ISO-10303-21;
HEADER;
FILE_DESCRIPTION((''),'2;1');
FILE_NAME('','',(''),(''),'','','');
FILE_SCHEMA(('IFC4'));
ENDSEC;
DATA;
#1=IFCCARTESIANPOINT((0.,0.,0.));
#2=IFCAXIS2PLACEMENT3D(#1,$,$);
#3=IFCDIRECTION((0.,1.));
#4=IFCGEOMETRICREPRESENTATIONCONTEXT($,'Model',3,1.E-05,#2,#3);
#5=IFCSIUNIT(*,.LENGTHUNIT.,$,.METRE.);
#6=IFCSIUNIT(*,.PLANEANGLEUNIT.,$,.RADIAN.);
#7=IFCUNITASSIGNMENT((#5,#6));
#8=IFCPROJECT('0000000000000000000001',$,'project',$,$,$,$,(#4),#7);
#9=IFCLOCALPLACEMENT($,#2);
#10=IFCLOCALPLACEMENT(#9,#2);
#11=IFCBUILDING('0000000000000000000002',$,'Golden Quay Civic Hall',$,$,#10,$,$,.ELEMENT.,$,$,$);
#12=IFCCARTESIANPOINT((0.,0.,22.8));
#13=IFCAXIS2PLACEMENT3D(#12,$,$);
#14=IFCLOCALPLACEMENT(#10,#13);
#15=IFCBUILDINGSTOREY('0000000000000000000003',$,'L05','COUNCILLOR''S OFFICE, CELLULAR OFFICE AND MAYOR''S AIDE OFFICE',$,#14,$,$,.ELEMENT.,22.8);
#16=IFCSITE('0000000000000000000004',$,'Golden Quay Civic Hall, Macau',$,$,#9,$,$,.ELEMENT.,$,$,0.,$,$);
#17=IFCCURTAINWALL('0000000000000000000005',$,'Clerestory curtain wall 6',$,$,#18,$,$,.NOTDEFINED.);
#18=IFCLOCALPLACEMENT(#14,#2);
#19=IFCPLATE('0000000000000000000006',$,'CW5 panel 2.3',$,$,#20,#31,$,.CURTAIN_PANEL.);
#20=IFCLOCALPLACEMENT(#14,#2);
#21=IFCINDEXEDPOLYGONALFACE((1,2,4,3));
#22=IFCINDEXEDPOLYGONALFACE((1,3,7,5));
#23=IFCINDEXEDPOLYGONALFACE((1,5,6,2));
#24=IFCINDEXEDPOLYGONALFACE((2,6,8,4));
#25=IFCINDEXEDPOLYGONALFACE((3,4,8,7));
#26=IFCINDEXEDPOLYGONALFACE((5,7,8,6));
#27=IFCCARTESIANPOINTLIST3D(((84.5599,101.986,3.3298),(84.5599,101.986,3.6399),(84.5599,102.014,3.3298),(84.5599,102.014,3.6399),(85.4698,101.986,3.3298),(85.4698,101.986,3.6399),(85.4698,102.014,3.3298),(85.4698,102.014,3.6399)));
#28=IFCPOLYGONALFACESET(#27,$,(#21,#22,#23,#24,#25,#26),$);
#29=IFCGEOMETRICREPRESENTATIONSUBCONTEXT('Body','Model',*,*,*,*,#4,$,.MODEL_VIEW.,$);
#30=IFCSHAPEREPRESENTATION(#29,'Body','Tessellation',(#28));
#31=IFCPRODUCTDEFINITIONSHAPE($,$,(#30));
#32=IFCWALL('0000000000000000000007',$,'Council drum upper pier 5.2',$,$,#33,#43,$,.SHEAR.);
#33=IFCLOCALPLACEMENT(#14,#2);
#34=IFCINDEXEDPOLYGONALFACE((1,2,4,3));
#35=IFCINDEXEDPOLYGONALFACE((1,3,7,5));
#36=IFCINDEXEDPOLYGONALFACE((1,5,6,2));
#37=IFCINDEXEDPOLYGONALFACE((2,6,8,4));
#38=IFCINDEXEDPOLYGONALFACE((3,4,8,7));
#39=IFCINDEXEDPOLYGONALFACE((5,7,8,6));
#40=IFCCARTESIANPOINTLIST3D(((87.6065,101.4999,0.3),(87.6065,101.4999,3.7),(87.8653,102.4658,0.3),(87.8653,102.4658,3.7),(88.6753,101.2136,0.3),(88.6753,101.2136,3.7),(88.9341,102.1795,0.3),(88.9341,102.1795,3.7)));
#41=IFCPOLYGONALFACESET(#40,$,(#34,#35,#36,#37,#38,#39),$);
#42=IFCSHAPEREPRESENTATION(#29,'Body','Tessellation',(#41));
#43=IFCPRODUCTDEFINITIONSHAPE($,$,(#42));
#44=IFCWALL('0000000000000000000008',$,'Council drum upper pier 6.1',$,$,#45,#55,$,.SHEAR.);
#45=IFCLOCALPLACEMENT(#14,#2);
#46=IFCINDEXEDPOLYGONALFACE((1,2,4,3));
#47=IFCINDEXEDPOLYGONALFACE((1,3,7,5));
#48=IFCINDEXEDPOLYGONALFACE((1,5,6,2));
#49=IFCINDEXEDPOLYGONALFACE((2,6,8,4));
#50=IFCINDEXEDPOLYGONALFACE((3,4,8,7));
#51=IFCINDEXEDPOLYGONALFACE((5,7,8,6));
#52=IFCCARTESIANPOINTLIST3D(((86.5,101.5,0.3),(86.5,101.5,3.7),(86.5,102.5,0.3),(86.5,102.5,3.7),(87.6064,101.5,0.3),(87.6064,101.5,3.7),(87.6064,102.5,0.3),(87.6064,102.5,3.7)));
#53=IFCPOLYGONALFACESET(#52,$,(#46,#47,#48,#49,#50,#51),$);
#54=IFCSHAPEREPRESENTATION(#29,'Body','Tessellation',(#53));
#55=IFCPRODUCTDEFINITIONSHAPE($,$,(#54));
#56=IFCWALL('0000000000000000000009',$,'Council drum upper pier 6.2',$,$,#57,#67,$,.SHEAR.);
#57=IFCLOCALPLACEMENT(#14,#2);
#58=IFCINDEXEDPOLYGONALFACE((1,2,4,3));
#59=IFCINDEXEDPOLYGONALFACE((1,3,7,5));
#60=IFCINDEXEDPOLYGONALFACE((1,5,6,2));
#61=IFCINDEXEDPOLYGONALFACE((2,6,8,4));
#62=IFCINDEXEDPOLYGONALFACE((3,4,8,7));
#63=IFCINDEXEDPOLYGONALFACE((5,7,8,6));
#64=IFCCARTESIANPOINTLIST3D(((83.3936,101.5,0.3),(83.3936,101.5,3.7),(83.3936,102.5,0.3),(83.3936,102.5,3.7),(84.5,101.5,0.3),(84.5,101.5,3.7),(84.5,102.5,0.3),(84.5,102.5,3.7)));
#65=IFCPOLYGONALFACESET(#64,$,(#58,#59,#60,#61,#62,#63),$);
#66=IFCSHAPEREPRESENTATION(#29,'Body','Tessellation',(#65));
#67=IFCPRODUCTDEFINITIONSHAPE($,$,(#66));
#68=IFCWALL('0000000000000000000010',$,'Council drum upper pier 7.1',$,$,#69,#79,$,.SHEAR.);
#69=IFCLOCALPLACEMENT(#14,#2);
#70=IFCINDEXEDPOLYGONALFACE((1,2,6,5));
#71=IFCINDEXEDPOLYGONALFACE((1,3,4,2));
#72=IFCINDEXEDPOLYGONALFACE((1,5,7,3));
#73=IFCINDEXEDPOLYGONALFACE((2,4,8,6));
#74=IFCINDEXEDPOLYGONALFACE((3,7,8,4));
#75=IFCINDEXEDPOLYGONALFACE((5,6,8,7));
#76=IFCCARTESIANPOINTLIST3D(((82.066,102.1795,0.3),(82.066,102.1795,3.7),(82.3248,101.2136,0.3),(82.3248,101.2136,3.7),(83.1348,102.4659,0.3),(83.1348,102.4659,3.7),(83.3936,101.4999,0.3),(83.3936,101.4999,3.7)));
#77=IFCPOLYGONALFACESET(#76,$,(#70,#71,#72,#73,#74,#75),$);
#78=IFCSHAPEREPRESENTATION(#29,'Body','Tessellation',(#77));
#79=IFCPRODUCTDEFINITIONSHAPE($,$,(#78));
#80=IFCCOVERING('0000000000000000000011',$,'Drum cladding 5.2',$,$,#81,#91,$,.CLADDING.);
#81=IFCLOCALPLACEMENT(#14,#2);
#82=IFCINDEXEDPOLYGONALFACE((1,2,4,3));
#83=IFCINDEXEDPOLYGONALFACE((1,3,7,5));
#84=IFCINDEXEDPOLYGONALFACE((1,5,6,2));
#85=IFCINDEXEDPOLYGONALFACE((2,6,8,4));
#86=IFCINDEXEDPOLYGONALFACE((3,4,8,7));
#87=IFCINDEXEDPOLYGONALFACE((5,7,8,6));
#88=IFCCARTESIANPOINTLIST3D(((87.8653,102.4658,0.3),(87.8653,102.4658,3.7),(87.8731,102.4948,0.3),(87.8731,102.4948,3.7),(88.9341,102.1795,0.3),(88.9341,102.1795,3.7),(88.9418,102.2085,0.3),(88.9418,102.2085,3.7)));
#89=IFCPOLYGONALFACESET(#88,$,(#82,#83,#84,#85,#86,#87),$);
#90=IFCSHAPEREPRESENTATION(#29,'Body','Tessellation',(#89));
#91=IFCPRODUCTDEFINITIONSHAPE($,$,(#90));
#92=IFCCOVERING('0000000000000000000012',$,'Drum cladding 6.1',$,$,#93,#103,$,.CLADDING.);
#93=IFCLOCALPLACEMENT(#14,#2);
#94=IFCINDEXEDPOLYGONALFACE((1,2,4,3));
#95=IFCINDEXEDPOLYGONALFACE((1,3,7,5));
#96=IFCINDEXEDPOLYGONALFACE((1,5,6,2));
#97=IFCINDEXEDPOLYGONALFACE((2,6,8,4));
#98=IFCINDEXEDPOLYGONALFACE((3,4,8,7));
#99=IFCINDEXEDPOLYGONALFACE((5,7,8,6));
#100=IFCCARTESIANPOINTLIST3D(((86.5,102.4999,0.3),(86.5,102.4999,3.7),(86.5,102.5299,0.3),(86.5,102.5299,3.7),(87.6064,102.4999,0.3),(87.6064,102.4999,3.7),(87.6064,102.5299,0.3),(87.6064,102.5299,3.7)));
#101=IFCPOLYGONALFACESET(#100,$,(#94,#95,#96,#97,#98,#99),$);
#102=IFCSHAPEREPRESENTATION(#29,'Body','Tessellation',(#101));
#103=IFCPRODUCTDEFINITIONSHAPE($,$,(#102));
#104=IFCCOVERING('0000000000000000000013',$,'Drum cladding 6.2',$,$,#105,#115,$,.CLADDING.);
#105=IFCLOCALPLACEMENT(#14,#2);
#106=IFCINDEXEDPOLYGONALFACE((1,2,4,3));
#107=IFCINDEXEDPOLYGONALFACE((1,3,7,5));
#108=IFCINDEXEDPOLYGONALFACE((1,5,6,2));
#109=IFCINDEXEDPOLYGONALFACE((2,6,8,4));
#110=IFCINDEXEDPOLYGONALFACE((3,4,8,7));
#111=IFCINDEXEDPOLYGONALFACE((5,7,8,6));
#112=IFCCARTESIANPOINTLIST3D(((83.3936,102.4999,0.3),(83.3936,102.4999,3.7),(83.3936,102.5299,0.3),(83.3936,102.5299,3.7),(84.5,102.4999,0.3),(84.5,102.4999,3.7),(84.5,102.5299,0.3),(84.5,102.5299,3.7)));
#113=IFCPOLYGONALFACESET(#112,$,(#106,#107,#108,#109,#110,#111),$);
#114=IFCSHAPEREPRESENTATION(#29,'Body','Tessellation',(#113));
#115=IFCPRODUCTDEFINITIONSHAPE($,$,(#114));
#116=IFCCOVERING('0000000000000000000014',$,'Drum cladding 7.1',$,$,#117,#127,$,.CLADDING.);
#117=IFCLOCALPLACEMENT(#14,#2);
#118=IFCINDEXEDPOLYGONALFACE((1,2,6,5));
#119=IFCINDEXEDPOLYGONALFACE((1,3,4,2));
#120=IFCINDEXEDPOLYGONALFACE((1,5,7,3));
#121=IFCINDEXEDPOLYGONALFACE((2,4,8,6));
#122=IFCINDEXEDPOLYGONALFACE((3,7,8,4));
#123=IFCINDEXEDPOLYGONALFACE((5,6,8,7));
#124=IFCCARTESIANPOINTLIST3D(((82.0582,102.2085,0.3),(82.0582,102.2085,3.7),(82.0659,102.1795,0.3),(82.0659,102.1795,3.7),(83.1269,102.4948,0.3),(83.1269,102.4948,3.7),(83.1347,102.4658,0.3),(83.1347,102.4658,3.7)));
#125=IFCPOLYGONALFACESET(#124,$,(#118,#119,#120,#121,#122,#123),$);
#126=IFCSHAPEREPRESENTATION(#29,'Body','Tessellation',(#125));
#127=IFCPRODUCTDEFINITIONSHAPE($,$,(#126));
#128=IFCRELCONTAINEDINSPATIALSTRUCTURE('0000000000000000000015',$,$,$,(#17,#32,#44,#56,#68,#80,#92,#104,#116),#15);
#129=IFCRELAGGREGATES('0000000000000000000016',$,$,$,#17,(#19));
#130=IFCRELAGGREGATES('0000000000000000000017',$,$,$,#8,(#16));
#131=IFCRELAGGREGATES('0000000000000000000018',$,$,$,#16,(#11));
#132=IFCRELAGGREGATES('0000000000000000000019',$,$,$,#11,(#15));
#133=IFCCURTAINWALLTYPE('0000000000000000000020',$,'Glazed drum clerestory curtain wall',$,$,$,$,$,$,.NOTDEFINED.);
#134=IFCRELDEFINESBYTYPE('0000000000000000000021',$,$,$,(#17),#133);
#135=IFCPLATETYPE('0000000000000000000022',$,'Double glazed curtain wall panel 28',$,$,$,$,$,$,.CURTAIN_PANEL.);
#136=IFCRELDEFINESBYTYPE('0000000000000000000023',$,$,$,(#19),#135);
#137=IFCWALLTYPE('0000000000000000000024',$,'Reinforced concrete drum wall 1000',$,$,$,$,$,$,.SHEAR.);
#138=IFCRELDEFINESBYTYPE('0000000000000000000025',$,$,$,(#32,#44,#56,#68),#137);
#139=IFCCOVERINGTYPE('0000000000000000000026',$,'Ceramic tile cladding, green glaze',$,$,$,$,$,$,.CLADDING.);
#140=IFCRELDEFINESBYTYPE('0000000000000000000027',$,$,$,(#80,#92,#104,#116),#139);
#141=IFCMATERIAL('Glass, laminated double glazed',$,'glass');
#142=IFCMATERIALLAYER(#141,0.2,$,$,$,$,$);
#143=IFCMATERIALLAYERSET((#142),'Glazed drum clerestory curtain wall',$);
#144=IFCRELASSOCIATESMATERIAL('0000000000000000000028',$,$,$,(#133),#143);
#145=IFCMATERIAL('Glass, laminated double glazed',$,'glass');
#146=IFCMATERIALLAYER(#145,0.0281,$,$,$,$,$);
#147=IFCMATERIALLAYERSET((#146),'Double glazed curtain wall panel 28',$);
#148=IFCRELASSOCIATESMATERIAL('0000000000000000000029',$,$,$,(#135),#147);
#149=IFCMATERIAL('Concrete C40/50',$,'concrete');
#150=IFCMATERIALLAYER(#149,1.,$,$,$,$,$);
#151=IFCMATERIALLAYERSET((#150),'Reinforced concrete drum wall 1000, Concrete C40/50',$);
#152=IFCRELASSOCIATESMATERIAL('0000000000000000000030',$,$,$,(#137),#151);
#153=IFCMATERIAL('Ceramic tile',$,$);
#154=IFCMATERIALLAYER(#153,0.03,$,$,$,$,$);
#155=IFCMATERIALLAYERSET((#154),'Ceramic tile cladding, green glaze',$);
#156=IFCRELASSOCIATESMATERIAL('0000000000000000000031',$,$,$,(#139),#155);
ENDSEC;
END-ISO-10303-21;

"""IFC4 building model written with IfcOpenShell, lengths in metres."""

from ifc_helpers import new_model, si_unit, direction, frame, frame_2d, origin, origin_2d, place, context, subcontext, project, spatial, rectangle, extrude, material, layer, layer_set, type_object, element, aggregate, save


model = new_model("IFC4")

# Units and contexts
model_context = context("Model", 3, precision=1e-05, world=origin(), true_north=direction((0.0, 1.0)))
body_context = subcontext(model_context, "Body", "Model", "MODEL_VIEW")
ifc_project = project(units=[si_unit("LENGTHUNIT", "METRE"), si_unit("PLANEANGLEUNIT", "RADIAN")], contexts=[model_context])

# Site, building, storey
site_placement = place(None, origin())
site = spatial("IfcSite", under=ifc_project, at=site_placement, Name="Golden Quay Civic Hall, Macau", CompositionType="ELEMENT", RefElevation=0.0)
building_placement = place(site_placement, origin())
building = spatial("IfcBuilding", under=site, at=building_placement, Name="Golden Quay Civic Hall", CompositionType="ELEMENT")
storey_placement = place(building_placement, frame((0.0, 0.0, 22.8)))
storey = spatial("IfcBuildingStorey", under=building, at=storey_placement, Name="L05", Description="COUNCILLOR'S OFFICE, CELLULAR OFFICE AND MAYOR'S AIDE OFFICE", CompositionType="ELEMENT", Elevation=22.8)

# Curtain wall
ifc_material_1 = material(Name="Glass, laminated double glazed", Category="glass")
ifc_layer_1 = layer(ifc_material_1, 0.2)
ifc_layer_set_1 = layer_set([ifc_layer_1], Name="Glazed drum clerestory curtain wall")
curtain_wall_type = type_object("IfcCurtainWallType", Name="Glazed drum clerestory curtain wall", PredefinedType="NOTDEFINED", material=ifc_layer_set_1)
curtain_wall_1_placement = place(storey_placement, origin())
curtain_wall_1 = element("IfcCurtainWall", 1, at=curtain_wall_1_placement, inside=storey, type_object=curtain_wall_type, Name="Clerestory curtain wall 6", PredefinedType="NOTDEFINED")

# Plate
ifc_material_2 = material(Name="Glass, laminated double glazed", Category="glass")
ifc_layer_2 = layer(ifc_material_2, 0.0281)
ifc_layer_set_2 = layer_set([ifc_layer_2], Name="Double glazed curtain wall panel 28")
plate_type = type_object("IfcPlateType", Name="Double glazed curtain wall panel 28", PredefinedType="CURTAIN_PANEL", material=ifc_layer_set_2)
plate_1_placement = place(storey_placement, frame((85.0149, 102.0, 3.3298), z_axis=(0.0, 0.0, 1.0), x_axis=(-1.0, 0.0, 0.0)))
plate_1 = element("IfcPlate", 2, at=plate_1_placement, type_object=plate_type, Name="CW5 panel 2.3", PredefinedType="CURTAIN_PANEL", context=body_context, shape_type="SweptSolid", body=[
    extrude(rectangle(XDim=0.9099, YDim=0.0281, at=origin_2d()), origin(), (0.0, 0.0, 1.0), 0.3101),
])
aggregate(curtain_wall_1, [plate_1])

# Walls
ifc_material_3 = material(Name="Concrete C40/50", Category="concrete")
ifc_layer_3 = layer(ifc_material_3, 1.0)
ifc_layer_set_3 = layer_set([ifc_layer_3], Name="Reinforced concrete drum wall 1000, Concrete C40/50")
wall_type = type_object("IfcWallType", Name="Reinforced concrete drum wall 1000", PredefinedType="SHEAR", material=ifc_layer_set_3)
for number, where, z_axis, x_axis, name in (
    (3, (88.8047, 101.6965, 0.3), (0.0, 0.0, 1.0), (-0.96593, 0.258802, 0.0), "Council drum upper pier 5.2"),
    (4, (87.6064, 102.0, 0.3), (0.0, 0.0, 1.0), (-1.0, 0.0, 0.0), "Council drum upper pier 6.1"),
    (5, (84.5, 102.0, 0.3), (0.0, 0.0, 1.0), (-1.0, 0.0, 0.0), "Council drum upper pier 6.2"),
    (6, (83.2642, 101.9829, 0.3), (0.0, 0.0, 1.0), (-0.96593, -0.258802, 0.0), "Council drum upper pier 7.1"),
):
    element("IfcWall", number, at=place(storey_placement, frame(where, z_axis=z_axis, x_axis=x_axis)), inside=storey, type_object=wall_type, Name=name, PredefinedType="SHEAR", context=body_context, shape_type="SweptSolid", body=[
        extrude(rectangle(XDim=1.1064, YDim=1.0, at=frame_2d((0.5532, 0.0))), origin(), (0.0, 0.0, 1.0), 3.3999),
    ])

# Coverings
ifc_material_4 = material(Name="Ceramic tile")
ifc_layer_4 = layer(ifc_material_4, 0.03)
ifc_layer_set_4 = layer_set([ifc_layer_4], Name="Ceramic tile cladding, green glaze")
covering_type = type_object("IfcCoveringType", Name="Ceramic tile cladding, green glaze", PredefinedType="CLADDING", material=ifc_layer_set_4)
for number, where, z_axis, x_axis, name in (
    (7, (88.4036, 102.3372, 0.3), (0.0, 0.0, 1.0), (-0.965926, 0.258819, 0.0), "Drum cladding 5.2"),
    (8, (87.0532, 102.5149, 0.3), (0.0, 0.0, 1.0), (-1.0, 0.0, 0.0), "Drum cladding 6.1"),
    (9, (83.9468, 102.5149, 0.3), (0.0, 0.0, 1.0), (-1.0, 0.0, 0.0), "Drum cladding 6.2"),
    (10, (82.5964, 102.3372, 0.3), (0.0, 0.0, 1.0), (-0.965926, -0.258819, 0.0), "Drum cladding 7.1"),
):
    element("IfcCovering", number, at=place(storey_placement, frame(where, z_axis=z_axis, x_axis=x_axis)), inside=storey, type_object=covering_type, Name=name, PredefinedType="CLADDING", context=body_context, shape_type="SweptSolid", body=[
        extrude(rectangle(XDim=1.1064, YDim=0.03, at=origin_2d()), origin(), (0.0, 0.0, 1.0), 3.3999),
    ])

save(model, "model.ifc")
